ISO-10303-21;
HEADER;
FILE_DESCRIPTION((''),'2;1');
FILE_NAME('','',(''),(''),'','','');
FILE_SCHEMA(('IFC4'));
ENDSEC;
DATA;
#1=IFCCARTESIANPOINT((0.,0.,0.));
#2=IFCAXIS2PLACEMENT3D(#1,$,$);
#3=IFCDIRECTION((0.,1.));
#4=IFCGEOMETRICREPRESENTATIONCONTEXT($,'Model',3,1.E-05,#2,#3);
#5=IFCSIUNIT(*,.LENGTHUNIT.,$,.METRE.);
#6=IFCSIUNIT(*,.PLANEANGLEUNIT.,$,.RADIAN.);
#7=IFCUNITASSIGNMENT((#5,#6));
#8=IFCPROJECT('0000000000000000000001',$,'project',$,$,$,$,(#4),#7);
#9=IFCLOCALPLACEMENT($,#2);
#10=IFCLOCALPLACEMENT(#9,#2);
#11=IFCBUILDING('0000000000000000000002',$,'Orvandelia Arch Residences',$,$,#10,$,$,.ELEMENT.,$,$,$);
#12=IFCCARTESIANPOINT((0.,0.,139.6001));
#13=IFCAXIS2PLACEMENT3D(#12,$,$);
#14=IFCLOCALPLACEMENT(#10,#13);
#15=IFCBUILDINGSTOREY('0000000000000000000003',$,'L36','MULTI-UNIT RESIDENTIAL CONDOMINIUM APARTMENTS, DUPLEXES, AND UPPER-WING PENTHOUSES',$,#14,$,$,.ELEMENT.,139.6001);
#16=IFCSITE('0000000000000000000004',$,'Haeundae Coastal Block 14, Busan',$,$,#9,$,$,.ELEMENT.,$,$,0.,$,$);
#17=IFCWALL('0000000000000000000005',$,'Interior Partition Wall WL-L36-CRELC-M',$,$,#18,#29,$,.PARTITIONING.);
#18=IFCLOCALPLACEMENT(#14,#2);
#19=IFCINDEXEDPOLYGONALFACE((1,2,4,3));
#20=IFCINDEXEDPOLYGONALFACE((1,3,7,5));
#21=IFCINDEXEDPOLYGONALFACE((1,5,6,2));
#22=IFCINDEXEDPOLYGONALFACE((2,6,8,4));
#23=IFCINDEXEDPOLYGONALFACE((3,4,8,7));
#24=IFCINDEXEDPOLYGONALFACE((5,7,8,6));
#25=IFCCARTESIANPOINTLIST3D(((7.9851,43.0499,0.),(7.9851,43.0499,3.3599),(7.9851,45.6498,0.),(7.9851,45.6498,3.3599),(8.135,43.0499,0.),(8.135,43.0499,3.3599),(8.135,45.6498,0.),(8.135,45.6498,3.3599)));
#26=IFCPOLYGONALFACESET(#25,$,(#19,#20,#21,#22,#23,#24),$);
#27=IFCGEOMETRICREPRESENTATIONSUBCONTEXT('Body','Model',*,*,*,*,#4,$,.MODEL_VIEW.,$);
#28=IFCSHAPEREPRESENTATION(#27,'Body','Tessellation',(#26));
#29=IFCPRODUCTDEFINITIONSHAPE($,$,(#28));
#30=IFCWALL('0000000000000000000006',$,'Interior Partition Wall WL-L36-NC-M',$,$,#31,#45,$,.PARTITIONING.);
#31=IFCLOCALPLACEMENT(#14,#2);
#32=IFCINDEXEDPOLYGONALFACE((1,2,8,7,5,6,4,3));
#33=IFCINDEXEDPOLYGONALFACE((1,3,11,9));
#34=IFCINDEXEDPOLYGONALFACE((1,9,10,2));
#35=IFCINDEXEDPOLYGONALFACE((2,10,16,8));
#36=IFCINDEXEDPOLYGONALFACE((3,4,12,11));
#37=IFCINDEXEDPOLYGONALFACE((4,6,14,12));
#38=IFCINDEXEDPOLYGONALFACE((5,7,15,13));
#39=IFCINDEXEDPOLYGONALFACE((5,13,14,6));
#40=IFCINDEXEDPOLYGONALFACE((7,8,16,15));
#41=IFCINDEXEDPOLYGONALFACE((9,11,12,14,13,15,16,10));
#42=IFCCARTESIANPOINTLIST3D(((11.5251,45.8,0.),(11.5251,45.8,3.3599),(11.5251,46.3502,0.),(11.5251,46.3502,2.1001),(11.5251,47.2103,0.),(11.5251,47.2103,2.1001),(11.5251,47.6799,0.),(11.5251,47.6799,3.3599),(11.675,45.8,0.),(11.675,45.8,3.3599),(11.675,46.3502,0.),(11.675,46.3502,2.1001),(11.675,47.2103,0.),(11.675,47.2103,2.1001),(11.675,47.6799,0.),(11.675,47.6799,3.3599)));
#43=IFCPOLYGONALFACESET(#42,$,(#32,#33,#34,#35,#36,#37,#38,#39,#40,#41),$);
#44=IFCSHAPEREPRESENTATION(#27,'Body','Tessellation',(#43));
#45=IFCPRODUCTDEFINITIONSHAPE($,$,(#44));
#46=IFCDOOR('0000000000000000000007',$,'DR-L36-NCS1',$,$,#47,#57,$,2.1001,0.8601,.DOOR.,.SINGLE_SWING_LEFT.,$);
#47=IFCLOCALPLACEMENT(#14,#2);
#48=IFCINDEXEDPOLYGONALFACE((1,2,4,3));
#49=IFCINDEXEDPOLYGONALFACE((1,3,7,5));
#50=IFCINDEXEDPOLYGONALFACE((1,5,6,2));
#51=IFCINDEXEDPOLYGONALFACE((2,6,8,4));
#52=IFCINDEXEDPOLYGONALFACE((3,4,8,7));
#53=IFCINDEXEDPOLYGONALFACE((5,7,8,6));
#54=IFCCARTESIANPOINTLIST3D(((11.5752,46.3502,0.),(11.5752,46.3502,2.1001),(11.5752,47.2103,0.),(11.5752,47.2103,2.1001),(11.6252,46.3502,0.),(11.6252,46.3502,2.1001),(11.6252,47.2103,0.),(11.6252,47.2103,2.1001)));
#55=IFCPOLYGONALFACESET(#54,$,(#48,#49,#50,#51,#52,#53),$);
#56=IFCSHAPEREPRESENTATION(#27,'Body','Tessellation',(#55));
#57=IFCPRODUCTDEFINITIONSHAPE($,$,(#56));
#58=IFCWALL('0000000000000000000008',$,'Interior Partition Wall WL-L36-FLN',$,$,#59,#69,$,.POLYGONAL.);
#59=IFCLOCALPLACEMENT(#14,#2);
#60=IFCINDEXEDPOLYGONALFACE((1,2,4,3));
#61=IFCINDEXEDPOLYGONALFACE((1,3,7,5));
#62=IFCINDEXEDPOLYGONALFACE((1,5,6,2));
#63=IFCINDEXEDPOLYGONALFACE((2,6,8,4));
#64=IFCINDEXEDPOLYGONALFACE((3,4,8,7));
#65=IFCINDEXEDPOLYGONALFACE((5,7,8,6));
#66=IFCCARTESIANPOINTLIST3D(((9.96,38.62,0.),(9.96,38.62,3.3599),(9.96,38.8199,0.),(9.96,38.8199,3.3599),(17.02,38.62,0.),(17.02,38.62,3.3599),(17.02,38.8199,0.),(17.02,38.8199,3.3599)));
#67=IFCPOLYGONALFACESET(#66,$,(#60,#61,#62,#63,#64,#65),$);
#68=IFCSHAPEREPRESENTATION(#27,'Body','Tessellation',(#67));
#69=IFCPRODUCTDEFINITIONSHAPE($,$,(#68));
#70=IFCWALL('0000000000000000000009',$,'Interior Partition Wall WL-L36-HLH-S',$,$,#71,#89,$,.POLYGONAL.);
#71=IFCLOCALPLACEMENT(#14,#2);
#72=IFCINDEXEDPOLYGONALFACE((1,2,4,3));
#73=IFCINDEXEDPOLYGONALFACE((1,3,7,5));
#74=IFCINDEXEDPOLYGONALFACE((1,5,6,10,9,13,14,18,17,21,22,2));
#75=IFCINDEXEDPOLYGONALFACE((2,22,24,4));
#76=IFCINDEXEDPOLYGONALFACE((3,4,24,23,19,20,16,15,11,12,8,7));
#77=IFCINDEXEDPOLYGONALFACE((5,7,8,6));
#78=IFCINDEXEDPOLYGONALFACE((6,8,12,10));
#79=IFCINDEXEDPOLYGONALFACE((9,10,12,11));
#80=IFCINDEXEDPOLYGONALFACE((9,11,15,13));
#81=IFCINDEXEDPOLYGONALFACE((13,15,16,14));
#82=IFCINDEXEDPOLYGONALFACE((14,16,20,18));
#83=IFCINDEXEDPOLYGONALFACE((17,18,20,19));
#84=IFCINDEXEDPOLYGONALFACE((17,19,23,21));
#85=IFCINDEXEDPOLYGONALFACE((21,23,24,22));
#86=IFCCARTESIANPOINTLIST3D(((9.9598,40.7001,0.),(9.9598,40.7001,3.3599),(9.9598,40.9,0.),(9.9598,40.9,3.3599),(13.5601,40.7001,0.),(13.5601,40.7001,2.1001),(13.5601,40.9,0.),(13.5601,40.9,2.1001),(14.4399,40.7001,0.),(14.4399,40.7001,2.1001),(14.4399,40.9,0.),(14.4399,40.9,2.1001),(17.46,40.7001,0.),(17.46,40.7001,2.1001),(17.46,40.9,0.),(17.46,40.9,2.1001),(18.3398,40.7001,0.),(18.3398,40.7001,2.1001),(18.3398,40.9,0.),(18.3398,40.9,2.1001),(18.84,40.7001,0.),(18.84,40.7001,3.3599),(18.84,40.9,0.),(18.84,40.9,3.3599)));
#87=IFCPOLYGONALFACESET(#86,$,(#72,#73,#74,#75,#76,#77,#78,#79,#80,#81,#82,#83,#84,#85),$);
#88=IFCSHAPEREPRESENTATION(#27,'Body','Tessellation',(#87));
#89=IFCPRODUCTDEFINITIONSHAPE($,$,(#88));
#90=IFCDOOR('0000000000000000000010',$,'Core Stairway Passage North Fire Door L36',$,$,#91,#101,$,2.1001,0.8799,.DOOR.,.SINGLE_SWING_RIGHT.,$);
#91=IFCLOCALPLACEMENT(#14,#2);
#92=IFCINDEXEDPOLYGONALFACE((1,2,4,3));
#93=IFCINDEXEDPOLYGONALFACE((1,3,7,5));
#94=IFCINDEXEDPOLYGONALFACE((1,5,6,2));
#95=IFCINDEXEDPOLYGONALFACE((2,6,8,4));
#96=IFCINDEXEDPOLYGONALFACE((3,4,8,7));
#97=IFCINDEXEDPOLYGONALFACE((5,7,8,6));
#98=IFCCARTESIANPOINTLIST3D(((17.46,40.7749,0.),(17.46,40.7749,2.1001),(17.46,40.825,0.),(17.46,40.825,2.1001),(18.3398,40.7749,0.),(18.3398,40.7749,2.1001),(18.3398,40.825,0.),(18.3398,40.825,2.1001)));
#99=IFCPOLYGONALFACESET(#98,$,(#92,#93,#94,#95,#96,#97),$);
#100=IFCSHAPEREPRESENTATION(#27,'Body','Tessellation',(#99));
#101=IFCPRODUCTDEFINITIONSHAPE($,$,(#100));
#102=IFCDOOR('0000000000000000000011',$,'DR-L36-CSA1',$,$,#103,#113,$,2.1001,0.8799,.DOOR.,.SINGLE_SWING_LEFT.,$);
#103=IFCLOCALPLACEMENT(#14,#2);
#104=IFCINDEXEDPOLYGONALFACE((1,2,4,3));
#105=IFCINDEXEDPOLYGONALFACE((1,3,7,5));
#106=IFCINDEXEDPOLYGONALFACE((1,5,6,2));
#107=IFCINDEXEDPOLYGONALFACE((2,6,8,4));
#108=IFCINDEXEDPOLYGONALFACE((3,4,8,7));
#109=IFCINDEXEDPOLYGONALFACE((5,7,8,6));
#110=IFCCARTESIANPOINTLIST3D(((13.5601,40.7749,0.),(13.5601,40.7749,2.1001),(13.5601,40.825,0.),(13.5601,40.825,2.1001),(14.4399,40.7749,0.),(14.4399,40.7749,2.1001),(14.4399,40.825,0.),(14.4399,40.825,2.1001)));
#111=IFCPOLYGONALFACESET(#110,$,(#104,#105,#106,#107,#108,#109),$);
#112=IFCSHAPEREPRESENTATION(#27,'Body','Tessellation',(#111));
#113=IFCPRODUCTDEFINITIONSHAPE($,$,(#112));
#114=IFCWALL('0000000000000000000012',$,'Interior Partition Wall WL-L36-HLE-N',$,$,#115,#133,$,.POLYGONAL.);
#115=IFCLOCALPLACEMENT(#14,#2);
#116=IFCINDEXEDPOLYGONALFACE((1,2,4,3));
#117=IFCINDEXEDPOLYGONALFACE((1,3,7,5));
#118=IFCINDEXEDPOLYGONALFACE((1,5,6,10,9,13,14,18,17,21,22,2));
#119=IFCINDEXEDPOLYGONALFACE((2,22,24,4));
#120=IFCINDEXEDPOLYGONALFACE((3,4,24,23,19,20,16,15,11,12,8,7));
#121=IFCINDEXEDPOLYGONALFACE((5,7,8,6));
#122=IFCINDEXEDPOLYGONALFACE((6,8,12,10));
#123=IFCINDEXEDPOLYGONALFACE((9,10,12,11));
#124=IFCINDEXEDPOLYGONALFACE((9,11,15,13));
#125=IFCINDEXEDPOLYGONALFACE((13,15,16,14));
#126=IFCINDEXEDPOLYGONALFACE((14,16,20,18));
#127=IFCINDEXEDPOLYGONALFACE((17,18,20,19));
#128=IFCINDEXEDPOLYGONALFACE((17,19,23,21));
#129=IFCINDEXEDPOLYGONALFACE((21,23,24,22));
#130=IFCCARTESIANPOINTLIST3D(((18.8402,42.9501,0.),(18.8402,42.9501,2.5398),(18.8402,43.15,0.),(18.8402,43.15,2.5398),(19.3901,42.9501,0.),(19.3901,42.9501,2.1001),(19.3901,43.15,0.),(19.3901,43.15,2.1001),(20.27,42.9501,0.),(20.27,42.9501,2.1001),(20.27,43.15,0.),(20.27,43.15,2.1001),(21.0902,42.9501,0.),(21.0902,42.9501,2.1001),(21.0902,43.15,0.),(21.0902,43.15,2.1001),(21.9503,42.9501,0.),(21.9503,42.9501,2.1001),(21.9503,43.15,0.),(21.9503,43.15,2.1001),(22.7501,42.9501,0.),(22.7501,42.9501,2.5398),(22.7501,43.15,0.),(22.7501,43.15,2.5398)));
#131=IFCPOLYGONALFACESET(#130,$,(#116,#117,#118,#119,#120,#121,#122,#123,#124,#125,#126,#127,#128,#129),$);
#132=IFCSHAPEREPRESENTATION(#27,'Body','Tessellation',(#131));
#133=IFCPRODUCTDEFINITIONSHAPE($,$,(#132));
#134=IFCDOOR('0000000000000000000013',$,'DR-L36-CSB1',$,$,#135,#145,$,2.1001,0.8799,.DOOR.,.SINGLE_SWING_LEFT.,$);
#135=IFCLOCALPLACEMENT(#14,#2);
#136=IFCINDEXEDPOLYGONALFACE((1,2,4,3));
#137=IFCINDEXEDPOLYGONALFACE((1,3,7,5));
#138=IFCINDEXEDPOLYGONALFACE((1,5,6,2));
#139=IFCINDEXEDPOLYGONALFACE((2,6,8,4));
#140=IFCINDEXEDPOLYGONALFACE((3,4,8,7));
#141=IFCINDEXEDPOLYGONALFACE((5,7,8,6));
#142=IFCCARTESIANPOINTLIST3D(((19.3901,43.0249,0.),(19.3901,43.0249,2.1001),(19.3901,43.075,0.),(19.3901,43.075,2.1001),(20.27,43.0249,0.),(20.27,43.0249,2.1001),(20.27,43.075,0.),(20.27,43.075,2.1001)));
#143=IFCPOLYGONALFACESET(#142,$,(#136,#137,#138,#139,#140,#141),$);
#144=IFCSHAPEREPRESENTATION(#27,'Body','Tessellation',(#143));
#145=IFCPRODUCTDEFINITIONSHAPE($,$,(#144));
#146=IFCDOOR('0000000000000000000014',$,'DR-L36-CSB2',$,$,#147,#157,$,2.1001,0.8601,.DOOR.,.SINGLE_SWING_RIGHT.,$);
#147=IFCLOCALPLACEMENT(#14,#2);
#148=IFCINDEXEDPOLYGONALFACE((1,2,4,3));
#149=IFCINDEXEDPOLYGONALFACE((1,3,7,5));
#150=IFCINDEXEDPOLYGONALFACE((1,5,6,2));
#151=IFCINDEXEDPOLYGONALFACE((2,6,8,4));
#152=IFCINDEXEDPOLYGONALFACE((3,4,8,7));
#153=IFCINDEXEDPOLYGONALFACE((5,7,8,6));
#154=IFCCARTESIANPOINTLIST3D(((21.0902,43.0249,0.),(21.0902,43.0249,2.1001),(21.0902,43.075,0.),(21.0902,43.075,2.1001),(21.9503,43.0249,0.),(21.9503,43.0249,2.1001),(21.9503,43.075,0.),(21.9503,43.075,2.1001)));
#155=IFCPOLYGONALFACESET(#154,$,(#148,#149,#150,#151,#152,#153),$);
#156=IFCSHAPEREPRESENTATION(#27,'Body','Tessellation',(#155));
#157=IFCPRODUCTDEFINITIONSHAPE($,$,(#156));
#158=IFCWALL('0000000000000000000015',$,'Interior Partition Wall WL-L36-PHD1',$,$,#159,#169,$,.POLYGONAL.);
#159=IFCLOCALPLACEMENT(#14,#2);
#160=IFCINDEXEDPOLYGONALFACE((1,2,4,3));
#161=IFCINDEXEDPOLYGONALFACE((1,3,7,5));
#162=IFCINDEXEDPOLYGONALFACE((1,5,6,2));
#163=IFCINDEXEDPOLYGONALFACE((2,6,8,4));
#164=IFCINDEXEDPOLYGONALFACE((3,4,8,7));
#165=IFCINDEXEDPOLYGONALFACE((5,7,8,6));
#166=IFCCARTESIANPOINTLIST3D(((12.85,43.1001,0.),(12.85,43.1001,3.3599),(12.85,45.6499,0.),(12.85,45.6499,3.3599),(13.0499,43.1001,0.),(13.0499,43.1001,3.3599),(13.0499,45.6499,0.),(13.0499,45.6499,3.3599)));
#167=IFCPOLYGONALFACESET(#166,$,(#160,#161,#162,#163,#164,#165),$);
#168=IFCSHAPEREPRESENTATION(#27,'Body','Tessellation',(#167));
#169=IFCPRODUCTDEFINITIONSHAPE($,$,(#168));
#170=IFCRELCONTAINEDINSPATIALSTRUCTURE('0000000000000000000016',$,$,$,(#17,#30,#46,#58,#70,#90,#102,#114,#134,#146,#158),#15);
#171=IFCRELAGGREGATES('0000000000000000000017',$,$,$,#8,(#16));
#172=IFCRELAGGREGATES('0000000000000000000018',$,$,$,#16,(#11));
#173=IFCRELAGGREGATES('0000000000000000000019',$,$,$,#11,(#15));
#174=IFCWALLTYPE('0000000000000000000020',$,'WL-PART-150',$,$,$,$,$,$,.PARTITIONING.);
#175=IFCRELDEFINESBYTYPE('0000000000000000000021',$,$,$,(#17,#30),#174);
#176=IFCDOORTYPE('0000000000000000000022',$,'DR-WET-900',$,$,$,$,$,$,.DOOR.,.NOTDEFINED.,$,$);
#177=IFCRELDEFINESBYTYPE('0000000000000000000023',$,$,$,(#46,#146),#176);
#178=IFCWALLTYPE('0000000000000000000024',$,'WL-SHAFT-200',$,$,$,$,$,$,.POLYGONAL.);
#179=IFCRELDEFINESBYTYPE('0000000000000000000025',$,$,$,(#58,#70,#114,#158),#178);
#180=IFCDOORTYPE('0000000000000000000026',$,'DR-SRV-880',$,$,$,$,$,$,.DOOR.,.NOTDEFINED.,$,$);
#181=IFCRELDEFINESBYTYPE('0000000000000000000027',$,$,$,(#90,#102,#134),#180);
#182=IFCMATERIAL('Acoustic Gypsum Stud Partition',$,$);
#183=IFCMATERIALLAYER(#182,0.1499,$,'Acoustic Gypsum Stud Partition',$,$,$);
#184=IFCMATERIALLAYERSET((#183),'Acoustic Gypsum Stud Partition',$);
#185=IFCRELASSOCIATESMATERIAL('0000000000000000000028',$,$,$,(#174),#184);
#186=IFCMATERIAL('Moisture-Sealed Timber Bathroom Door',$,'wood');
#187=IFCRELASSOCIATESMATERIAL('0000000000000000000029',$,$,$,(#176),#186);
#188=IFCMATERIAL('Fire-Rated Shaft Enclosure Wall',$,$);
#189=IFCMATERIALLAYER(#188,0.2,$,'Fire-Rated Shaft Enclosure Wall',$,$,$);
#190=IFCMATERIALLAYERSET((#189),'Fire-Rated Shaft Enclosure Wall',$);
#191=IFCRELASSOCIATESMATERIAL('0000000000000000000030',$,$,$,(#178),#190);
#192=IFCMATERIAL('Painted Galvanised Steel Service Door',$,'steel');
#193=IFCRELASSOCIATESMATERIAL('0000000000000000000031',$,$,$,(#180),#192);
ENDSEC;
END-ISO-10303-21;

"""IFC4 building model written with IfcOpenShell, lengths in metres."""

from ifc_helpers import new_model, si_unit, direction, frame, frame_2d, origin, place, context, subcontext, project, spatial, rectangle, extrude, material, layer, layer_set, type_object, element, fill, save


model = new_model("IFC4")

# Units and contexts
model_context = context("Model", 3, precision=1e-05, world=origin(), true_north=direction((0.0, 1.0)))
body_context = subcontext(model_context, "Body", "Model", "MODEL_VIEW")
ifc_project = project(units=[si_unit("LENGTHUNIT", "METRE"), si_unit("PLANEANGLEUNIT", "RADIAN")], contexts=[model_context])

# Site, building, storey
site_placement = place(None, origin())
site = spatial("IfcSite", under=ifc_project, at=site_placement, Name="Haeundae Coastal Block 14, Busan", CompositionType="ELEMENT", RefElevation=0.0)
building_placement = place(site_placement, origin())
building = spatial("IfcBuilding", under=site, at=building_placement, Name="Orvandelia Arch Residences", CompositionType="ELEMENT")
storey_placement = place(building_placement, frame((0.0, 0.0, 139.6001)))
storey = spatial("IfcBuildingStorey", under=building, at=storey_placement, Name="L36", Description="MULTI-UNIT RESIDENTIAL CONDOMINIUM APARTMENTS, DUPLEXES, AND UPPER-WING PENTHOUSES", CompositionType="ELEMENT", Elevation=139.6001)

# Wall
ifc_material_1 = material(Name="Acoustic Gypsum Stud Partition")
ifc_layer_1 = layer(ifc_material_1, 0.1499, Name="Acoustic Gypsum Stud Partition")
ifc_layer_set_1 = layer_set([ifc_layer_1], Name="Acoustic Gypsum Stud Partition")
wall_type_1 = type_object("IfcWallType", Name="WL-PART-150", PredefinedType="PARTITIONING", material=ifc_layer_set_1)
wall_1_placement = place(storey_placement, frame((8.0601, 43.05, 0.0), z_axis=(0.0, 0.0, 1.0), x_axis=(0.0, 1.0, 0.0)))
element("IfcWall", 1, at=wall_1_placement, inside=storey, type_object=wall_type_1, Name="Interior Partition Wall WL-L36-CRELC-M", PredefinedType="PARTITIONING", context=body_context, shape_type="SweptSolid", body=[
    extrude(rectangle(XDim=2.5999, YDim=0.1499, at=frame_2d((1.2998, 0.0))), origin(), (0.0, 0.0, 1.0), 3.3599),
])

# Wall, opening, door
wall_2_placement = place(storey_placement, frame((11.6001, 45.8, 0.0), z_axis=(0.0, 0.0, 1.0), x_axis=(0.0, 1.0, 0.0)))
wall_2 = element("IfcWall", 2, at=wall_2_placement, inside=storey, type_object=wall_type_1, Name="Interior Partition Wall WL-L36-NC-M", PredefinedType="PARTITIONING", context=body_context, shape_type="SweptSolid", body=[
    extrude(rectangle(XDim=1.8799, YDim=0.1499, at=frame_2d((0.9399, 0.0))), origin(), (0.0, 0.0, 1.0), 3.3599),
])
opening_1_placement = place(wall_2_placement, frame((0.55, 0.0, 0.0)))
opening_1 = element("IfcOpeningElement", 3, at=opening_1_placement, cuts=wall_2, PredefinedType="OPENING", context=body_context, shape_type="SweptSolid", body=[
    extrude(rectangle(XDim=0.8601, YDim=2.1001, at=frame_2d((0.4302, 1.05))), frame((0.0, 0.085, 0.0), z_axis=(0.0, -1.0, 0.0), x_axis=(1.0, 0.0, 0.0)), (0.0, 0.0, 1.0), 0.1699),
])
ifc_material_2 = material(Name="Moisture-Sealed Timber Bathroom Door", Category="wood")
door_type_1 = type_object("IfcDoorType", Name="DR-WET-900", OperationType="NOTDEFINED", PredefinedType="DOOR", material=ifc_material_2)
door_1_placement = place(opening_1_placement, origin())
door_1 = element("IfcDoor", 4, at=door_1_placement, inside=storey, type_object=door_type_1, Name="DR-L36-NCS1", OperationType="SINGLE_SWING_LEFT", OverallHeight=2.1001, OverallWidth=0.8601, PredefinedType="DOOR", context=body_context, shape_type="SweptSolid", body=[
    extrude(rectangle(XDim=0.8601, YDim=2.1001, at=frame_2d((0.4302, 1.05))), frame((0.0, 0.0249, 0.0), z_axis=(0.0, -1.0, 0.0), x_axis=(1.0, 0.0, 0.0)), (0.0, 0.0, 1.0), 0.05),
])
fill(opening_1, door_1)

# Wall
ifc_material_3 = material(Name="Fire-Rated Shaft Enclosure Wall")
ifc_layer_2 = layer(ifc_material_3, 0.2, Name="Fire-Rated Shaft Enclosure Wall")
ifc_layer_set_2 = layer_set([ifc_layer_2], Name="Fire-Rated Shaft Enclosure Wall")
wall_type_2 = type_object("IfcWallType", Name="WL-SHAFT-200", PredefinedType="POLYGONAL", material=ifc_layer_set_2)
wall_3_placement = place(storey_placement, frame((9.96, 38.72, 0.0), z_axis=(0.0, 0.0, 1.0), x_axis=(1.0, 0.0, 0.0)))
element("IfcWall", 5, at=wall_3_placement, inside=storey, type_object=wall_type_2, Name="Interior Partition Wall WL-L36-FLN", PredefinedType="POLYGONAL", context=body_context, shape_type="SweptSolid", body=[
    extrude(rectangle(XDim=7.0601, YDim=0.2, at=frame_2d((3.53, 0.0))), origin(), (0.0, 0.0, 1.0), 3.3599),
])

# Walls, openings, doors
wall_4_placement = place(storey_placement, frame((9.96, 40.8, 0.0), z_axis=(0.0, 0.0, 1.0), x_axis=(1.0, 0.0, 0.0)))
wall_4 = element("IfcWall", 6, at=wall_4_placement, inside=storey, type_object=wall_type_2, Name="Interior Partition Wall WL-L36-HLH-S", PredefinedType="POLYGONAL", context=body_context, shape_type="SweptSolid", body=[
    extrude(rectangle(XDim=8.8801, YDim=0.2, at=frame_2d((4.4399, 0.0))), origin(), (0.0, 0.0, 1.0), 3.3599),
])
opening_2_placement = place(wall_4_placement, frame((7.5, 0.0, 0.0)))
opening_2 = element("IfcOpeningElement", 7, at=opening_2_placement, cuts=wall_4, PredefinedType="OPENING", context=body_context, shape_type="SweptSolid", body=[
    extrude(rectangle(XDim=0.8799, YDim=2.1001, at=frame_2d((0.4399, 1.05))), frame((0.0, 0.1099, 0.0), z_axis=(0.0, -1.0, 0.0), x_axis=(1.0, 0.0, 0.0)), (0.0, 0.0, 1.0), 0.22),
])
opening_3_placement = place(wall_4_placement, frame((3.6001, 0.0, 0.0)))
opening_3 = element("IfcOpeningElement", 8, at=opening_3_placement, cuts=wall_4, PredefinedType="OPENING", context=body_context, shape_type="SweptSolid", body=[
    extrude(rectangle(XDim=0.8799, YDim=2.1001, at=frame_2d((0.4399, 1.05))), frame((0.0, 0.1099, 0.0), z_axis=(0.0, -1.0, 0.0), x_axis=(1.0, 0.0, 0.0)), (0.0, 0.0, 1.0), 0.22),
])
ifc_material_4 = material(Name="Painted Galvanised Steel Service Door", Category="steel")
door_type_2 = type_object("IfcDoorType", Name="DR-SRV-880", OperationType="NOTDEFINED", PredefinedType="DOOR", material=ifc_material_4)
door_2_placement = place(opening_2_placement, origin())
door_2 = element("IfcDoor", 9, at=door_2_placement, inside=storey, type_object=door_type_2, Name="Core Stairway Passage North Fire Door L36", OperationType="SINGLE_SWING_RIGHT", OverallHeight=2.1001, OverallWidth=0.8799, PredefinedType="DOOR", context=body_context, shape_type="SweptSolid", body=[
    extrude(rectangle(XDim=0.8799, YDim=2.1001, at=frame_2d((0.4399, 1.05))), frame((0.0, 0.0249, 0.0), z_axis=(0.0, -1.0, 0.0), x_axis=(1.0, 0.0, 0.0)), (0.0, 0.0, 1.0), 0.05),
])
fill(opening_2, door_2)
door_3_placement = place(opening_3_placement, origin())
door_3 = element("IfcDoor", 10, at=door_3_placement, inside=storey, type_object=door_type_2, Name="DR-L36-CSA1", OperationType="SINGLE_SWING_LEFT", OverallHeight=2.1001, OverallWidth=0.8799, PredefinedType="DOOR", context=body_context, shape_type="SweptSolid", body=[
    extrude(rectangle(XDim=0.8799, YDim=2.1001, at=frame_2d((0.4399, 1.05))), frame((0.0, 0.0249, 0.0), z_axis=(0.0, -1.0, 0.0), x_axis=(1.0, 0.0, 0.0)), (0.0, 0.0, 1.0), 0.05),
])
fill(opening_3, door_3)
wall_5_placement = place(storey_placement, frame((18.8401, 43.05, 0.0), z_axis=(0.0, 0.0, 1.0), x_axis=(1.0, 0.0, 0.0)))
wall_5 = element("IfcWall", 11, at=wall_5_placement, inside=storey, type_object=wall_type_2, Name="Interior Partition Wall WL-L36-HLE-N", PredefinedType="POLYGONAL", context=body_context, shape_type="SweptSolid", body=[
    extrude(rectangle(XDim=3.9099, YDim=0.2, at=frame_2d((1.9551, 0.0))), origin(), (0.0, 0.0, 1.0), 2.5398),
])
opening_4_placement = place(wall_5_placement, frame((0.55, 0.0, 0.0)))
opening_4 = element("IfcOpeningElement", 12, at=opening_4_placement, cuts=wall_5, PredefinedType="OPENING", context=body_context, shape_type="SweptSolid", body=[
    extrude(rectangle(XDim=0.8799, YDim=2.1001, at=frame_2d((0.4399, 1.05))), frame((0.0, 0.1099, 0.0), z_axis=(0.0, -1.0, 0.0), x_axis=(1.0, 0.0, 0.0)), (0.0, 0.0, 1.0), 0.22),
])
opening_5_placement = place(wall_5_placement, frame((2.25, 0.0, 0.0)))
opening_5 = element("IfcOpeningElement", 13, at=opening_5_placement, cuts=wall_5, PredefinedType="OPENING", context=body_context, shape_type="SweptSolid", body=[
    extrude(rectangle(XDim=0.8601, YDim=2.1001, at=frame_2d((0.4302, 1.05))), frame((0.0, 0.1099, 0.0), z_axis=(0.0, -1.0, 0.0), x_axis=(1.0, 0.0, 0.0)), (0.0, 0.0, 1.0), 0.22),
])
door_4_placement = place(opening_4_placement, origin())
door_4 = element("IfcDoor", 14, at=door_4_placement, inside=storey, type_object=door_type_2, Name="DR-L36-CSB1", OperationType="SINGLE_SWING_LEFT", OverallHeight=2.1001, OverallWidth=0.8799, PredefinedType="DOOR", context=body_context, shape_type="SweptSolid", body=[
    extrude(rectangle(XDim=0.8799, YDim=2.1001, at=frame_2d((0.4399, 1.05))), frame((0.0, 0.0249, 0.0), z_axis=(0.0, -1.0, 0.0), x_axis=(1.0, 0.0, 0.0)), (0.0, 0.0, 1.0), 0.05),
])
fill(opening_4, door_4)
door_5_placement = place(opening_5_placement, origin())
door_5 = element("IfcDoor", 15, at=door_5_placement, inside=storey, type_object=door_type_1, Name="DR-L36-CSB2", OperationType="SINGLE_SWING_RIGHT", OverallHeight=2.1001, OverallWidth=0.8601, PredefinedType="DOOR", context=body_context, shape_type="SweptSolid", body=[
    extrude(rectangle(XDim=0.8601, YDim=2.1001, at=frame_2d((0.4302, 1.05))), frame((0.0, 0.0249, 0.0), z_axis=(0.0, -1.0, 0.0), x_axis=(1.0, 0.0, 0.0)), (0.0, 0.0, 1.0), 0.05),
])
fill(opening_5, door_5)

# Wall
for number, where, z_axis, x_axis, name in (
    (16, (12.95, 43.1001, 0.0), (0.0, 0.0, 1.0), (0.0, 1.0, 0.0), "Interior Partition Wall WL-L36-PHD1"),
):
    element("IfcWall", number, at=place(storey_placement, frame(where, z_axis=z_axis, x_axis=x_axis)), inside=storey, type_object=wall_type_2, Name=name, PredefinedType="POLYGONAL", context=body_context, shape_type="SweptSolid", body=[
        extrude(rectangle(XDim=2.5498, YDim=0.2, at=frame_2d((1.2749, 0.0))), origin(), (0.0, 0.0, 1.0), 3.3599),
    ])

save(model, "model.ifc")
